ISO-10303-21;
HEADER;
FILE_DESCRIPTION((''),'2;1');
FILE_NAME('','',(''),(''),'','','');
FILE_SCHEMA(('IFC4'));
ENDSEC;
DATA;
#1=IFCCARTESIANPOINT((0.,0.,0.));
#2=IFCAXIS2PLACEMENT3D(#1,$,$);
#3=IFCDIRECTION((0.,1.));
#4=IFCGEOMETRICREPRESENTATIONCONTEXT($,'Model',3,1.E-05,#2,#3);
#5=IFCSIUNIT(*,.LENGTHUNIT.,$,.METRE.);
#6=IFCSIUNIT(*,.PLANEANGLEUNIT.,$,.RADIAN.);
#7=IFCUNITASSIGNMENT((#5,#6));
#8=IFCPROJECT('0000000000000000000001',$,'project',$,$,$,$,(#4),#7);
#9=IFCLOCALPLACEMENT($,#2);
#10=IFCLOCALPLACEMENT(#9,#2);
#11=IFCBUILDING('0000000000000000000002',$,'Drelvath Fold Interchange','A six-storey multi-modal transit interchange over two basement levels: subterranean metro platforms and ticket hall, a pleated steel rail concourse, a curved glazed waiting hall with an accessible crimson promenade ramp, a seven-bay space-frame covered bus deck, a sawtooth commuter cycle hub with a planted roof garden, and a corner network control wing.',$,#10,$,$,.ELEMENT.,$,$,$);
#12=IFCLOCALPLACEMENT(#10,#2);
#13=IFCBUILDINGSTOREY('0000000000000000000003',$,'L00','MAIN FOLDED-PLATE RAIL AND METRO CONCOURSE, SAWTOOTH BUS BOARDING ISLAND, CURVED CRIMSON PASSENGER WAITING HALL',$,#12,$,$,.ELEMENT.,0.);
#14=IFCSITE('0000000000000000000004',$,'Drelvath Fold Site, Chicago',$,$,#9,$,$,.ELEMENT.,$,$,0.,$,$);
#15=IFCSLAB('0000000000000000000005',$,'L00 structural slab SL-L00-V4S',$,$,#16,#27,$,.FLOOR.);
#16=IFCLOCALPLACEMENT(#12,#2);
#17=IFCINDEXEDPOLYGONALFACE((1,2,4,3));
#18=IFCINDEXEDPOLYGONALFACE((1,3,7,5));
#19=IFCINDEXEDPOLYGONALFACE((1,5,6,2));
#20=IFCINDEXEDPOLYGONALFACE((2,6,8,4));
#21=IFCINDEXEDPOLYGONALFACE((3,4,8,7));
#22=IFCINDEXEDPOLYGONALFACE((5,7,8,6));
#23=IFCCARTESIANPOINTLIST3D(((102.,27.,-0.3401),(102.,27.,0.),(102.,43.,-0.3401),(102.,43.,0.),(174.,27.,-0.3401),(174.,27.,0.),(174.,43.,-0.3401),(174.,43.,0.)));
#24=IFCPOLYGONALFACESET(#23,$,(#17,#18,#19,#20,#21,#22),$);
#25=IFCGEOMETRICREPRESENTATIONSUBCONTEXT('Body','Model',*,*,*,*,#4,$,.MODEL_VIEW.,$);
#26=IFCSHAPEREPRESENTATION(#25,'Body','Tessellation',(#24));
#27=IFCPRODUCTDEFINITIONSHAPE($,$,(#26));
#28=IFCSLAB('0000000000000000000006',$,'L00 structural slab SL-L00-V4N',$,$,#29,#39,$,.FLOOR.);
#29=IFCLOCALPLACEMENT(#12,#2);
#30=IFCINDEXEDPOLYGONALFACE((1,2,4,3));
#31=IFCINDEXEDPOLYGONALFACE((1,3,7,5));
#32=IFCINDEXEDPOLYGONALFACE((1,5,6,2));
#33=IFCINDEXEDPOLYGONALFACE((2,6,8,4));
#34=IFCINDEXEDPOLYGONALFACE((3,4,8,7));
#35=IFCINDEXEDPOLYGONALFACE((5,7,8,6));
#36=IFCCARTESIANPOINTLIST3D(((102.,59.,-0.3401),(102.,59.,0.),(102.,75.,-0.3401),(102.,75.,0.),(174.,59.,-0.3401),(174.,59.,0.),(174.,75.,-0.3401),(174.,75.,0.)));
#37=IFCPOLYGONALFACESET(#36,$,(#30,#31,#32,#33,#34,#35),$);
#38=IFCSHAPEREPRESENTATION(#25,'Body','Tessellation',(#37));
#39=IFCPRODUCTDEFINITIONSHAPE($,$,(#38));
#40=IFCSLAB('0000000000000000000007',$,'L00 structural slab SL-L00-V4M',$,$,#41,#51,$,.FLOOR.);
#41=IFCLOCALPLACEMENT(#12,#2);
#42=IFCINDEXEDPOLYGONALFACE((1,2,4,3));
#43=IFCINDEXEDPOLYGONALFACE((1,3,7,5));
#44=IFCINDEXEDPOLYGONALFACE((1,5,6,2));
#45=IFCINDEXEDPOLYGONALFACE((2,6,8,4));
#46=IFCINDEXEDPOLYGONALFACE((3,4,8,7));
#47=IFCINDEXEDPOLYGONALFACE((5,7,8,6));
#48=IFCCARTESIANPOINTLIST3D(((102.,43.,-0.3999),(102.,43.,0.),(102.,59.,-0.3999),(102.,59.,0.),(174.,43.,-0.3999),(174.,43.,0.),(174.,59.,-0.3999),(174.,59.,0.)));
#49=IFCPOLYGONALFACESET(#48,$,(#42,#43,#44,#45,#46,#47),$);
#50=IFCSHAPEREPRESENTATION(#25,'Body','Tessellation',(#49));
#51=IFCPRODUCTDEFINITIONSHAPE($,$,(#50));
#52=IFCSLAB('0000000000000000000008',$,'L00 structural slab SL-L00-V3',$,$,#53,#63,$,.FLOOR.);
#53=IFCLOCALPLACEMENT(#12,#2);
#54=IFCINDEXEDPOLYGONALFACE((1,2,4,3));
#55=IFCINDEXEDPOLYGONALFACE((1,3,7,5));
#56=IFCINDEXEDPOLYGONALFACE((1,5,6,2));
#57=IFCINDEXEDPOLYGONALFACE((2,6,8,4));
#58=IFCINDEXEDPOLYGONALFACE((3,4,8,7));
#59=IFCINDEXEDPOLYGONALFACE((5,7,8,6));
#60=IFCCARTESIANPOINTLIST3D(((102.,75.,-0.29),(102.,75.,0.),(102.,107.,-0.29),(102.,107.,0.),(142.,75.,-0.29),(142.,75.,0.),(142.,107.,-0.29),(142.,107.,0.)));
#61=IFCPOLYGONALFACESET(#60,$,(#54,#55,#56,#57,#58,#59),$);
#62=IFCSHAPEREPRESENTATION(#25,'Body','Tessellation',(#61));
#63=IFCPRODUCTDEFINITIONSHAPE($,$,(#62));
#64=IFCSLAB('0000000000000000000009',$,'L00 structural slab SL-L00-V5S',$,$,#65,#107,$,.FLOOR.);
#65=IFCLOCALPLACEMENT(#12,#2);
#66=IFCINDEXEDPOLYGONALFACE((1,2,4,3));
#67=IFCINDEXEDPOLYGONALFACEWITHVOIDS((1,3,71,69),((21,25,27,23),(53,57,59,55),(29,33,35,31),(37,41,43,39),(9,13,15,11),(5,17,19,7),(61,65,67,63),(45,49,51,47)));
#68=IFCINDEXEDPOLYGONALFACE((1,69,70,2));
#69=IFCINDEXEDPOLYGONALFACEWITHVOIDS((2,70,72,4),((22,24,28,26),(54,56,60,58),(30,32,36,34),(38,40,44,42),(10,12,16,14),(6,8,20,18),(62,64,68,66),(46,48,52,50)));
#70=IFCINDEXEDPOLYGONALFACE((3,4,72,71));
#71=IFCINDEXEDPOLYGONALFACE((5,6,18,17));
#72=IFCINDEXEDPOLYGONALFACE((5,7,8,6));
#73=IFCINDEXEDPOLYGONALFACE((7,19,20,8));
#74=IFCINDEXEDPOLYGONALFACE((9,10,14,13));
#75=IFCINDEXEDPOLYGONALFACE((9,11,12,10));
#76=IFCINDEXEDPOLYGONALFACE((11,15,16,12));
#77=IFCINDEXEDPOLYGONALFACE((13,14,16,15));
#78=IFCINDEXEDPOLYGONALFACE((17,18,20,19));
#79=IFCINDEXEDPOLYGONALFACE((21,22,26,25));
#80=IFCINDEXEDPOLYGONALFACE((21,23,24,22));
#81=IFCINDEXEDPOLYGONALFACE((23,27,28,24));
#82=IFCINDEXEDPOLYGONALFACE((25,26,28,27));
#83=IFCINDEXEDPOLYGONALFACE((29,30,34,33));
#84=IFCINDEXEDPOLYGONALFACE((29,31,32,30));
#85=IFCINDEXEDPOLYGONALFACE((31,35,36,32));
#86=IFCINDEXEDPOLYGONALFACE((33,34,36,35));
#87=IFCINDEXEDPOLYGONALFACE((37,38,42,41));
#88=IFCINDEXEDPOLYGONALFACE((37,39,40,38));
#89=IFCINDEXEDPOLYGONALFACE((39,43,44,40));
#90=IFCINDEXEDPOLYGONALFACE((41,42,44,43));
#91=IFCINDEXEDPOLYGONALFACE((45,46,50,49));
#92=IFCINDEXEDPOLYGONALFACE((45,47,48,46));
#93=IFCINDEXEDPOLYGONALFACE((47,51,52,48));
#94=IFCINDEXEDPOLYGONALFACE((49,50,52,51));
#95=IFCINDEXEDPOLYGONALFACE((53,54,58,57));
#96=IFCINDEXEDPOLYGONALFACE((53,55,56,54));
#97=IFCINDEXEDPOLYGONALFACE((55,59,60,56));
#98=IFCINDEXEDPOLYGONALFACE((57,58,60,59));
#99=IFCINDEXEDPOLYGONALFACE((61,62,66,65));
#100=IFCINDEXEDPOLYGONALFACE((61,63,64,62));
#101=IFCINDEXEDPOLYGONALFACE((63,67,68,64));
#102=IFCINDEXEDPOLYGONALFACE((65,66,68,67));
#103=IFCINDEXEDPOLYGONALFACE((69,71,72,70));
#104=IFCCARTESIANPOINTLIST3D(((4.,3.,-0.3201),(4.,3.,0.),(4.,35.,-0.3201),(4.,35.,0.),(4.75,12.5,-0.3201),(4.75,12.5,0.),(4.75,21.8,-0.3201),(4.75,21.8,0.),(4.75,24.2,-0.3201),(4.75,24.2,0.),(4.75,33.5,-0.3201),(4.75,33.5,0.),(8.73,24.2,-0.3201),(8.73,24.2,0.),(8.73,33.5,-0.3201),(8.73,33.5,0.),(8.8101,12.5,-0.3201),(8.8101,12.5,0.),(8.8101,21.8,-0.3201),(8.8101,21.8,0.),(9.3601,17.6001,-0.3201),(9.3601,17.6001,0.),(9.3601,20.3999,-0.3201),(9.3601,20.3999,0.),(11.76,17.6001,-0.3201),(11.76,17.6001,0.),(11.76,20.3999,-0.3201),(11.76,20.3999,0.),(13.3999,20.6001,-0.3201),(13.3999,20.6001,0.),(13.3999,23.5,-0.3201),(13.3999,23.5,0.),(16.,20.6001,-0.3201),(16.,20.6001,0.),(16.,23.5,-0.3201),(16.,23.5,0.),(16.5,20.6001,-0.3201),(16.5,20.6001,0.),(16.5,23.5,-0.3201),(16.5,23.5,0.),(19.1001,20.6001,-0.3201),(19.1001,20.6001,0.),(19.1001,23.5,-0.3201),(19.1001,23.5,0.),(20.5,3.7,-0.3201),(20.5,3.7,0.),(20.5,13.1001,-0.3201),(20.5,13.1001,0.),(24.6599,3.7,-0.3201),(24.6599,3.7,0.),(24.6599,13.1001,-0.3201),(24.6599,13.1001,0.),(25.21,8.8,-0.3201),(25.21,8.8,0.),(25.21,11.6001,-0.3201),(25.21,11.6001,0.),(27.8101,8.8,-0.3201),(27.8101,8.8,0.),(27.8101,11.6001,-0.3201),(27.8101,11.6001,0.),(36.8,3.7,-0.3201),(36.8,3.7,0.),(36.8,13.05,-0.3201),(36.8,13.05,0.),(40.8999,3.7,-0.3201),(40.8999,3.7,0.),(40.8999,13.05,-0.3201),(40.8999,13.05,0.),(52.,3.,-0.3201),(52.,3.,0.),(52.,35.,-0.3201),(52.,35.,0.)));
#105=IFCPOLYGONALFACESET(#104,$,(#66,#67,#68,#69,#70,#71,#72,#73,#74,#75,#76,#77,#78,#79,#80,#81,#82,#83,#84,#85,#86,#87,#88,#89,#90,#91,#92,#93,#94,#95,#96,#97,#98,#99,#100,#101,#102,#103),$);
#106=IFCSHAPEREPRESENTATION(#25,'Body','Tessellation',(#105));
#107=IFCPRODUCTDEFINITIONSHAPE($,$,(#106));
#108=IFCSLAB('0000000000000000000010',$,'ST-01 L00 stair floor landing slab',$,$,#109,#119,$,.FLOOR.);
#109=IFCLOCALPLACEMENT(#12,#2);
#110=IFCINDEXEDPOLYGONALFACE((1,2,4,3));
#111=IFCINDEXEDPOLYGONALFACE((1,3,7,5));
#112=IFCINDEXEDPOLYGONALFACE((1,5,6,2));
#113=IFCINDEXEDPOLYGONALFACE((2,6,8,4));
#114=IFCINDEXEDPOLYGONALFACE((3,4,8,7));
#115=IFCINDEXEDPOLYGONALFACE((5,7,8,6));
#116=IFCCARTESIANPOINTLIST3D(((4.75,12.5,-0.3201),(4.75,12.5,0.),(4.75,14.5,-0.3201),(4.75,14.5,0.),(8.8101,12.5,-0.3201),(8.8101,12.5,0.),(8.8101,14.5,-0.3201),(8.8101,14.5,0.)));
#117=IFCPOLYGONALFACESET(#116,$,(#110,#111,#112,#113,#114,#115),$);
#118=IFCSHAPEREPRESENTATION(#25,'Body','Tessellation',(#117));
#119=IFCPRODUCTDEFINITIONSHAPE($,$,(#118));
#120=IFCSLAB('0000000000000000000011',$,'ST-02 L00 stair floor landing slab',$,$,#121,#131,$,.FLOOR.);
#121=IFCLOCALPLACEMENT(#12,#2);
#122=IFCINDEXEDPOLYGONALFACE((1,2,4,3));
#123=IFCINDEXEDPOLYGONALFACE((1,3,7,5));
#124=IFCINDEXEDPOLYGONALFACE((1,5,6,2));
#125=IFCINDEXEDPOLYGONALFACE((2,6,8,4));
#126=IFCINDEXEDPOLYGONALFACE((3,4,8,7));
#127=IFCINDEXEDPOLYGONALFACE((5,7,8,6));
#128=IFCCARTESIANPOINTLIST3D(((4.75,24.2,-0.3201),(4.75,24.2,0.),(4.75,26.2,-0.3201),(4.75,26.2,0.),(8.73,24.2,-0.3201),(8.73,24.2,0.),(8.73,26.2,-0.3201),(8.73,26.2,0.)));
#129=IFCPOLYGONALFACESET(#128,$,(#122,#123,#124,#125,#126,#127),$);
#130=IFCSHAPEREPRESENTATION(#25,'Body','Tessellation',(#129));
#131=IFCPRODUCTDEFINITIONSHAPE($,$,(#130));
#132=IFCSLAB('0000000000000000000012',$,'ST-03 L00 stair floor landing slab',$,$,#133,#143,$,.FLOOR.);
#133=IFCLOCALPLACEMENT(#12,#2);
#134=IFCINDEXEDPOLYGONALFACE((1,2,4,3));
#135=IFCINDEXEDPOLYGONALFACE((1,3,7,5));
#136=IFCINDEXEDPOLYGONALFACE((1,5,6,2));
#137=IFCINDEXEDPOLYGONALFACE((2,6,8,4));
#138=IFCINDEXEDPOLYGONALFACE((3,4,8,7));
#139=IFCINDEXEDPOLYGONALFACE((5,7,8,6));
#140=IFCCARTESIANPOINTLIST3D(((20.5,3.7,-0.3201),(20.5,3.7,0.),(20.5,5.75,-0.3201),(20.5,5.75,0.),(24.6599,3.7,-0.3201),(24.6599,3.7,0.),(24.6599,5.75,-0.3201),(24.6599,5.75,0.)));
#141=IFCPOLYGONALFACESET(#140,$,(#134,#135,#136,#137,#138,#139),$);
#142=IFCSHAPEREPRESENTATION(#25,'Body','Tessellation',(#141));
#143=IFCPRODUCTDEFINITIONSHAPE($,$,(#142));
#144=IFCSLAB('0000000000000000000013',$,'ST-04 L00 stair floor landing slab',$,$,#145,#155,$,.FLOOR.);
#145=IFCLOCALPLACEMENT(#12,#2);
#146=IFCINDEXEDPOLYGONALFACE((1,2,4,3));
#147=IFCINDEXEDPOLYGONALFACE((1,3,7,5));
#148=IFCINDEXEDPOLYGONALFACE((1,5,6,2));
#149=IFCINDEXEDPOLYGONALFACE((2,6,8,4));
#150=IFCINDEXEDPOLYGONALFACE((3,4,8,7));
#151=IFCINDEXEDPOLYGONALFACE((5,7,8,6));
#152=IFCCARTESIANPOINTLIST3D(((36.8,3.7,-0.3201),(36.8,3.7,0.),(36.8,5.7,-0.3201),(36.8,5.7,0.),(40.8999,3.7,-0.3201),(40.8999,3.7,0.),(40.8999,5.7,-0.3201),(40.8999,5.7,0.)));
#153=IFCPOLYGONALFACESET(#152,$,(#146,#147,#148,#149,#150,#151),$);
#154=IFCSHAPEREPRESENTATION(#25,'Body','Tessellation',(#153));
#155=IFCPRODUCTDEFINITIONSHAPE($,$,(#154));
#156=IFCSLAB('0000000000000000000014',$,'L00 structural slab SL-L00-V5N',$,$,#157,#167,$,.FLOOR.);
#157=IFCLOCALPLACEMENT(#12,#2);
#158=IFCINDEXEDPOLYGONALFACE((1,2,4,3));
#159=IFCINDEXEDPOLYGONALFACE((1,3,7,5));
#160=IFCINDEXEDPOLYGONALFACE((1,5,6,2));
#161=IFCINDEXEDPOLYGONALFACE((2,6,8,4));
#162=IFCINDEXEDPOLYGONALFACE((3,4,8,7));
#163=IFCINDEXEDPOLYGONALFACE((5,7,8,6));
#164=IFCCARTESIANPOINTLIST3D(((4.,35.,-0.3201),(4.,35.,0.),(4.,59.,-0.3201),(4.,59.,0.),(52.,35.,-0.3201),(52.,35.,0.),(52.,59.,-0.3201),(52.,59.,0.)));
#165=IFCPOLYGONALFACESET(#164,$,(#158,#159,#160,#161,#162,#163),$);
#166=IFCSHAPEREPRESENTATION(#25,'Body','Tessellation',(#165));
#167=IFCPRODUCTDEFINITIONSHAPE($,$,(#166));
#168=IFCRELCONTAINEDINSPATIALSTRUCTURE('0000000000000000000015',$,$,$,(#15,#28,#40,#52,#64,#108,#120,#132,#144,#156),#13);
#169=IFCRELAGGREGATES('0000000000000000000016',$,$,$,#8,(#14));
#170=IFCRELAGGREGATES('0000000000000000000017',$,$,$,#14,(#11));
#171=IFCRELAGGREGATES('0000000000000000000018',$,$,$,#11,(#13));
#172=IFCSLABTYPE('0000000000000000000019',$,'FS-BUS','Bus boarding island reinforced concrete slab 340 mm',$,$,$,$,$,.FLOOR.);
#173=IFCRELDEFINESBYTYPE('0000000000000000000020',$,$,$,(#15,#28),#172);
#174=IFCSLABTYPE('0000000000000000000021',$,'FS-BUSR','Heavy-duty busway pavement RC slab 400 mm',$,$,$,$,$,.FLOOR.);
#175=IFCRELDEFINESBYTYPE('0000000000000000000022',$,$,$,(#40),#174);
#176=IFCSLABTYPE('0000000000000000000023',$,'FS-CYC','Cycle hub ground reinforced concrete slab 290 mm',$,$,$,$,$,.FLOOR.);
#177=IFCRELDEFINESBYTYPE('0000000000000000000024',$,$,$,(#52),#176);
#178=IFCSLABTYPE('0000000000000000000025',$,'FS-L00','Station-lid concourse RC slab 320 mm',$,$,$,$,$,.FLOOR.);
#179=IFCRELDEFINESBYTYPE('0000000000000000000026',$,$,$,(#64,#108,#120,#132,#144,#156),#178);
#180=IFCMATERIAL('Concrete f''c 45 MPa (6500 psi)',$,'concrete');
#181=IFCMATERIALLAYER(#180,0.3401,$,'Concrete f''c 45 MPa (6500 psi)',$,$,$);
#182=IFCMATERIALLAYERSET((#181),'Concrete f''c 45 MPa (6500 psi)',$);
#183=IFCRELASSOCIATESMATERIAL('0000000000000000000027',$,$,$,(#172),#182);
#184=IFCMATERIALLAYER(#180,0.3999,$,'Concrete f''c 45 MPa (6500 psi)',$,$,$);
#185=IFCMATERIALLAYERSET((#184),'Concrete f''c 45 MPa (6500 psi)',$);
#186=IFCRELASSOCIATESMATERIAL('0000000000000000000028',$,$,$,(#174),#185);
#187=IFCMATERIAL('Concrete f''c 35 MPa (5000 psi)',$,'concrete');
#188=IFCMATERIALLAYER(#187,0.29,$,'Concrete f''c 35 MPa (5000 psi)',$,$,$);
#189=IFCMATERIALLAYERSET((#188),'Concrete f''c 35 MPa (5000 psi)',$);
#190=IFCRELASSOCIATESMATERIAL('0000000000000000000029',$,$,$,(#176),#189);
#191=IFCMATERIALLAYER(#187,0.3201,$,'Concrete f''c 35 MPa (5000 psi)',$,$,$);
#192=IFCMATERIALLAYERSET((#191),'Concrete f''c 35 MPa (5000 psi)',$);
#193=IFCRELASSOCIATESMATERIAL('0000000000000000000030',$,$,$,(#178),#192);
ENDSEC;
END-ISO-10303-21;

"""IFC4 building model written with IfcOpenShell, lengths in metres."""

from ifc_helpers import new_model, si_unit, direction, frame, origin, place, context, subcontext, project, spatial, polyline, outline, extrude, material, layer, layer_set, type_object, element, save


model = new_model("IFC4")

# Units and contexts
model_context = context("Model", 3, precision=1e-05, world=origin(), true_north=direction((0.0, 1.0)))
body_context = subcontext(model_context, "Body", "Model", "MODEL_VIEW")
ifc_project = project(units=[si_unit("LENGTHUNIT", "METRE"), si_unit("PLANEANGLEUNIT", "RADIAN")], contexts=[model_context])

# Site, building, storey
site_placement = place(None, origin())
site = spatial("IfcSite", under=ifc_project, at=site_placement, Name="Drelvath Fold Site, Chicago", CompositionType="ELEMENT", RefElevation=0.0)
building_placement = place(site_placement, origin())
building = spatial("IfcBuilding", under=site, at=building_placement, Name="Drelvath Fold Interchange", Description="A six-storey multi-modal transit interchange over two basement levels: subterranean metro platforms and ticket hall, a pleated steel rail concourse, a curved glazed waiting hall with an accessible crimson promenade ramp, a seven-bay space-frame covered bus deck, a sawtooth commuter cycle hub with a planted roof garden, and a corner network control wing.", CompositionType="ELEMENT")
storey_placement = place(building_placement, origin())
storey = spatial("IfcBuildingStorey", under=building, at=storey_placement, Name="L00", Description="MAIN FOLDED-PLATE RAIL AND METRO CONCOURSE, SAWTOOTH BUS BOARDING ISLAND, CURVED CRIMSON PASSENGER WAITING HALL", CompositionType="ELEMENT", Elevation=0.0)

# Slabs
ifc_material_1 = material(Name="Concrete f'c 45 MPa (6500 psi)", Category="concrete")
ifc_layer_1 = layer(ifc_material_1, 0.3401, Name="Concrete f'c 45 MPa (6500 psi)")
ifc_layer_set_1 = layer_set([ifc_layer_1], Name="Concrete f'c 45 MPa (6500 psi)")
slab_type_1 = type_object("IfcSlabType", Name="FS-BUS", Description="Bus boarding island reinforced concrete slab 340 mm", PredefinedType="FLOOR", material=ifc_layer_set_1)
slab_1_placement = place(storey_placement, frame((0.0, 0.0, -0.3401)))
element("IfcSlab", 1, at=slab_1_placement, inside=storey, type_object=slab_type_1, Name="L00 structural slab SL-L00-V4S", PredefinedType="FLOOR", context=body_context, shape_type="SweptSolid", body=[
    extrude(outline(polyline([(102.0, 27.0), (174.0, 27.0), (174.0, 43.0), (102.0, 43.0), (102.0, 27.0)])), origin(), (0.0, 0.0, 1.0), 0.3401),
])
slab_2_placement = place(storey_placement, frame((0.0, 0.0, -0.3401)))
element("IfcSlab", 2, at=slab_2_placement, inside=storey, type_object=slab_type_1, Name="L00 structural slab SL-L00-V4N", PredefinedType="FLOOR", context=body_context, shape_type="SweptSolid", body=[
    extrude(outline(polyline([(102.0, 59.0), (174.0, 59.0), (174.0, 75.0), (102.0, 75.0), (102.0, 59.0)])), origin(), (0.0, 0.0, 1.0), 0.3401),
])
ifc_layer_2 = layer(ifc_material_1, 0.3999, Name="Concrete f'c 45 MPa (6500 psi)")
ifc_layer_set_2 = layer_set([ifc_layer_2], Name="Concrete f'c 45 MPa (6500 psi)")
slab_type_2 = type_object("IfcSlabType", Name="FS-BUSR", Description="Heavy-duty busway pavement RC slab 400 mm", PredefinedType="FLOOR", material=ifc_layer_set_2)
slab_3_placement = place(storey_placement, frame((0.0, 0.0, -0.3999)))
element("IfcSlab", 3, at=slab_3_placement, inside=storey, type_object=slab_type_2, Name="L00 structural slab SL-L00-V4M", PredefinedType="FLOOR", context=body_context, shape_type="SweptSolid", body=[
    extrude(outline(polyline([(102.0, 43.0), (174.0, 43.0), (174.0, 59.0), (102.0, 59.0), (102.0, 43.0)])), origin(), (0.0, 0.0, 1.0), 0.3999),
])
ifc_material_2 = material(Name="Concrete f'c 35 MPa (5000 psi)", Category="concrete")
ifc_layer_3 = layer(ifc_material_2, 0.29, Name="Concrete f'c 35 MPa (5000 psi)")
ifc_layer_set_3 = layer_set([ifc_layer_3], Name="Concrete f'c 35 MPa (5000 psi)")
slab_type_3 = type_object("IfcSlabType", Name="FS-CYC", Description="Cycle hub ground reinforced concrete slab 290 mm", PredefinedType="FLOOR", material=ifc_layer_set_3)
slab_4_placement = place(storey_placement, frame((0.0, 0.0, -0.29)))
element("IfcSlab", 4, at=slab_4_placement, inside=storey, type_object=slab_type_3, Name="L00 structural slab SL-L00-V3", PredefinedType="FLOOR", context=body_context, shape_type="SweptSolid", body=[
    extrude(outline(polyline([(102.0, 75.0), (142.0, 75.0), (142.0, 107.0), (102.0, 107.0), (102.0, 75.0)])), origin(), (0.0, 0.0, 1.0), 0.29),
])
ifc_layer_4 = layer(ifc_material_2, 0.3201, Name="Concrete f'c 35 MPa (5000 psi)")
ifc_layer_set_4 = layer_set([ifc_layer_4], Name="Concrete f'c 35 MPa (5000 psi)")
slab_type_4 = type_object("IfcSlabType", Name="FS-L00", Description="Station-lid concourse RC slab 320 mm", PredefinedType="FLOOR", material=ifc_layer_set_4)
slab_5_placement = place(storey_placement, frame((0.0, 0.0, -0.3201)))
element("IfcSlab", 5, at=slab_5_placement, inside=storey, type_object=slab_type_4, Name="L00 structural slab SL-L00-V5S", PredefinedType="FLOOR", context=body_context, shape_type="SweptSolid", body=[
    extrude(outline(polyline([(4.0, 3.0), (52.0, 3.0), (52.0, 35.0), (4.0, 35.0), (4.0, 3.0)]), holes=[polyline([(4.75, 12.5), (4.75, 21.8), (8.8101, 21.8), (8.8101, 12.5), (4.75, 12.5)]), polyline([(4.75, 24.2), (4.75, 33.5), (8.73, 33.5), (8.73, 24.2), (4.75, 24.2)]), polyline([(20.5, 3.7), (20.5, 13.1001), (24.6599, 13.1001), (24.6599, 3.7), (20.5, 3.7)]), polyline([(36.8, 3.7), (36.8, 13.05), (40.8999, 13.05), (40.8999, 3.7), (36.8, 3.7)]), polyline([(9.3601, 17.6001), (9.3601, 20.3999), (11.76, 20.3999), (11.76, 17.6001), (9.3601, 17.6001)]), polyline([(25.21, 8.8), (25.21, 11.6001), (27.8101, 11.6001), (27.8101, 8.8), (25.21, 8.8)]), polyline([(13.3999, 20.6001), (13.3999, 23.5), (16.0, 23.5), (16.0, 20.6001), (13.3999, 20.6001)]), polyline([(16.5, 20.6001), (16.5, 23.5), (19.1001, 23.5), (19.1001, 20.6001), (16.5, 20.6001)])]), origin(), (0.0, 0.0, 1.0), 0.3201),
])
slab_6_placement = place(storey_placement, frame((0.0, 0.0, -0.3201)))
element("IfcSlab", 6, at=slab_6_placement, inside=storey, type_object=slab_type_4, Name="ST-01 L00 stair floor landing slab", PredefinedType="FLOOR", context=body_context, shape_type="SweptSolid", body=[
    extrude(outline(polyline([(4.75, 12.5), (8.8101, 12.5), (8.8101, 14.5), (4.75, 14.5), (4.75, 12.5)])), origin(), (0.0, 0.0, 1.0), 0.3201),
])
slab_7_placement = place(storey_placement, frame((0.0, 0.0, -0.3201)))
element("IfcSlab", 7, at=slab_7_placement, inside=storey, type_object=slab_type_4, Name="ST-02 L00 stair floor landing slab", PredefinedType="FLOOR", context=body_context, shape_type="SweptSolid", body=[
    extrude(outline(polyline([(4.75, 24.2), (8.73, 24.2), (8.73, 26.2), (4.75, 26.2), (4.75, 24.2)])), origin(), (0.0, 0.0, 1.0), 0.3201),
])
slab_8_placement = place(storey_placement, frame((0.0, 0.0, -0.3201)))
element("IfcSlab", 8, at=slab_8_placement, inside=storey, type_object=slab_type_4, Name="ST-03 L00 stair floor landing slab", PredefinedType="FLOOR", context=body_context, shape_type="SweptSolid", body=[
    extrude(outline(polyline([(20.5, 3.7), (24.6599, 3.7), (24.6599, 5.75), (20.5, 5.75), (20.5, 3.7)])), origin(), (0.0, 0.0, 1.0), 0.3201),
])
slab_9_placement = place(storey_placement, frame((0.0, 0.0, -0.3201)))
element("IfcSlab", 9, at=slab_9_placement, inside=storey, type_object=slab_type_4, Name="ST-04 L00 stair floor landing slab", PredefinedType="FLOOR", context=body_context, shape_type="SweptSolid", body=[
    extrude(outline(polyline([(36.8, 3.7), (40.8999, 3.7), (40.8999, 5.7), (36.8, 5.7), (36.8, 3.7)])), origin(), (0.0, 0.0, 1.0), 0.3201),
])
slab_10_placement = place(storey_placement, frame((0.0, 0.0, -0.3201)))
element("IfcSlab", 10, at=slab_10_placement, inside=storey, type_object=slab_type_4, Name="L00 structural slab SL-L00-V5N", PredefinedType="FLOOR", context=body_context, shape_type="SweptSolid", body=[
    extrude(outline(polyline([(4.0, 35.0), (52.0, 35.0), (52.0, 59.0), (4.0, 59.0), (4.0, 35.0)])), origin(), (0.0, 0.0, 1.0), 0.3201),
])

save(model, "model.ifc")
